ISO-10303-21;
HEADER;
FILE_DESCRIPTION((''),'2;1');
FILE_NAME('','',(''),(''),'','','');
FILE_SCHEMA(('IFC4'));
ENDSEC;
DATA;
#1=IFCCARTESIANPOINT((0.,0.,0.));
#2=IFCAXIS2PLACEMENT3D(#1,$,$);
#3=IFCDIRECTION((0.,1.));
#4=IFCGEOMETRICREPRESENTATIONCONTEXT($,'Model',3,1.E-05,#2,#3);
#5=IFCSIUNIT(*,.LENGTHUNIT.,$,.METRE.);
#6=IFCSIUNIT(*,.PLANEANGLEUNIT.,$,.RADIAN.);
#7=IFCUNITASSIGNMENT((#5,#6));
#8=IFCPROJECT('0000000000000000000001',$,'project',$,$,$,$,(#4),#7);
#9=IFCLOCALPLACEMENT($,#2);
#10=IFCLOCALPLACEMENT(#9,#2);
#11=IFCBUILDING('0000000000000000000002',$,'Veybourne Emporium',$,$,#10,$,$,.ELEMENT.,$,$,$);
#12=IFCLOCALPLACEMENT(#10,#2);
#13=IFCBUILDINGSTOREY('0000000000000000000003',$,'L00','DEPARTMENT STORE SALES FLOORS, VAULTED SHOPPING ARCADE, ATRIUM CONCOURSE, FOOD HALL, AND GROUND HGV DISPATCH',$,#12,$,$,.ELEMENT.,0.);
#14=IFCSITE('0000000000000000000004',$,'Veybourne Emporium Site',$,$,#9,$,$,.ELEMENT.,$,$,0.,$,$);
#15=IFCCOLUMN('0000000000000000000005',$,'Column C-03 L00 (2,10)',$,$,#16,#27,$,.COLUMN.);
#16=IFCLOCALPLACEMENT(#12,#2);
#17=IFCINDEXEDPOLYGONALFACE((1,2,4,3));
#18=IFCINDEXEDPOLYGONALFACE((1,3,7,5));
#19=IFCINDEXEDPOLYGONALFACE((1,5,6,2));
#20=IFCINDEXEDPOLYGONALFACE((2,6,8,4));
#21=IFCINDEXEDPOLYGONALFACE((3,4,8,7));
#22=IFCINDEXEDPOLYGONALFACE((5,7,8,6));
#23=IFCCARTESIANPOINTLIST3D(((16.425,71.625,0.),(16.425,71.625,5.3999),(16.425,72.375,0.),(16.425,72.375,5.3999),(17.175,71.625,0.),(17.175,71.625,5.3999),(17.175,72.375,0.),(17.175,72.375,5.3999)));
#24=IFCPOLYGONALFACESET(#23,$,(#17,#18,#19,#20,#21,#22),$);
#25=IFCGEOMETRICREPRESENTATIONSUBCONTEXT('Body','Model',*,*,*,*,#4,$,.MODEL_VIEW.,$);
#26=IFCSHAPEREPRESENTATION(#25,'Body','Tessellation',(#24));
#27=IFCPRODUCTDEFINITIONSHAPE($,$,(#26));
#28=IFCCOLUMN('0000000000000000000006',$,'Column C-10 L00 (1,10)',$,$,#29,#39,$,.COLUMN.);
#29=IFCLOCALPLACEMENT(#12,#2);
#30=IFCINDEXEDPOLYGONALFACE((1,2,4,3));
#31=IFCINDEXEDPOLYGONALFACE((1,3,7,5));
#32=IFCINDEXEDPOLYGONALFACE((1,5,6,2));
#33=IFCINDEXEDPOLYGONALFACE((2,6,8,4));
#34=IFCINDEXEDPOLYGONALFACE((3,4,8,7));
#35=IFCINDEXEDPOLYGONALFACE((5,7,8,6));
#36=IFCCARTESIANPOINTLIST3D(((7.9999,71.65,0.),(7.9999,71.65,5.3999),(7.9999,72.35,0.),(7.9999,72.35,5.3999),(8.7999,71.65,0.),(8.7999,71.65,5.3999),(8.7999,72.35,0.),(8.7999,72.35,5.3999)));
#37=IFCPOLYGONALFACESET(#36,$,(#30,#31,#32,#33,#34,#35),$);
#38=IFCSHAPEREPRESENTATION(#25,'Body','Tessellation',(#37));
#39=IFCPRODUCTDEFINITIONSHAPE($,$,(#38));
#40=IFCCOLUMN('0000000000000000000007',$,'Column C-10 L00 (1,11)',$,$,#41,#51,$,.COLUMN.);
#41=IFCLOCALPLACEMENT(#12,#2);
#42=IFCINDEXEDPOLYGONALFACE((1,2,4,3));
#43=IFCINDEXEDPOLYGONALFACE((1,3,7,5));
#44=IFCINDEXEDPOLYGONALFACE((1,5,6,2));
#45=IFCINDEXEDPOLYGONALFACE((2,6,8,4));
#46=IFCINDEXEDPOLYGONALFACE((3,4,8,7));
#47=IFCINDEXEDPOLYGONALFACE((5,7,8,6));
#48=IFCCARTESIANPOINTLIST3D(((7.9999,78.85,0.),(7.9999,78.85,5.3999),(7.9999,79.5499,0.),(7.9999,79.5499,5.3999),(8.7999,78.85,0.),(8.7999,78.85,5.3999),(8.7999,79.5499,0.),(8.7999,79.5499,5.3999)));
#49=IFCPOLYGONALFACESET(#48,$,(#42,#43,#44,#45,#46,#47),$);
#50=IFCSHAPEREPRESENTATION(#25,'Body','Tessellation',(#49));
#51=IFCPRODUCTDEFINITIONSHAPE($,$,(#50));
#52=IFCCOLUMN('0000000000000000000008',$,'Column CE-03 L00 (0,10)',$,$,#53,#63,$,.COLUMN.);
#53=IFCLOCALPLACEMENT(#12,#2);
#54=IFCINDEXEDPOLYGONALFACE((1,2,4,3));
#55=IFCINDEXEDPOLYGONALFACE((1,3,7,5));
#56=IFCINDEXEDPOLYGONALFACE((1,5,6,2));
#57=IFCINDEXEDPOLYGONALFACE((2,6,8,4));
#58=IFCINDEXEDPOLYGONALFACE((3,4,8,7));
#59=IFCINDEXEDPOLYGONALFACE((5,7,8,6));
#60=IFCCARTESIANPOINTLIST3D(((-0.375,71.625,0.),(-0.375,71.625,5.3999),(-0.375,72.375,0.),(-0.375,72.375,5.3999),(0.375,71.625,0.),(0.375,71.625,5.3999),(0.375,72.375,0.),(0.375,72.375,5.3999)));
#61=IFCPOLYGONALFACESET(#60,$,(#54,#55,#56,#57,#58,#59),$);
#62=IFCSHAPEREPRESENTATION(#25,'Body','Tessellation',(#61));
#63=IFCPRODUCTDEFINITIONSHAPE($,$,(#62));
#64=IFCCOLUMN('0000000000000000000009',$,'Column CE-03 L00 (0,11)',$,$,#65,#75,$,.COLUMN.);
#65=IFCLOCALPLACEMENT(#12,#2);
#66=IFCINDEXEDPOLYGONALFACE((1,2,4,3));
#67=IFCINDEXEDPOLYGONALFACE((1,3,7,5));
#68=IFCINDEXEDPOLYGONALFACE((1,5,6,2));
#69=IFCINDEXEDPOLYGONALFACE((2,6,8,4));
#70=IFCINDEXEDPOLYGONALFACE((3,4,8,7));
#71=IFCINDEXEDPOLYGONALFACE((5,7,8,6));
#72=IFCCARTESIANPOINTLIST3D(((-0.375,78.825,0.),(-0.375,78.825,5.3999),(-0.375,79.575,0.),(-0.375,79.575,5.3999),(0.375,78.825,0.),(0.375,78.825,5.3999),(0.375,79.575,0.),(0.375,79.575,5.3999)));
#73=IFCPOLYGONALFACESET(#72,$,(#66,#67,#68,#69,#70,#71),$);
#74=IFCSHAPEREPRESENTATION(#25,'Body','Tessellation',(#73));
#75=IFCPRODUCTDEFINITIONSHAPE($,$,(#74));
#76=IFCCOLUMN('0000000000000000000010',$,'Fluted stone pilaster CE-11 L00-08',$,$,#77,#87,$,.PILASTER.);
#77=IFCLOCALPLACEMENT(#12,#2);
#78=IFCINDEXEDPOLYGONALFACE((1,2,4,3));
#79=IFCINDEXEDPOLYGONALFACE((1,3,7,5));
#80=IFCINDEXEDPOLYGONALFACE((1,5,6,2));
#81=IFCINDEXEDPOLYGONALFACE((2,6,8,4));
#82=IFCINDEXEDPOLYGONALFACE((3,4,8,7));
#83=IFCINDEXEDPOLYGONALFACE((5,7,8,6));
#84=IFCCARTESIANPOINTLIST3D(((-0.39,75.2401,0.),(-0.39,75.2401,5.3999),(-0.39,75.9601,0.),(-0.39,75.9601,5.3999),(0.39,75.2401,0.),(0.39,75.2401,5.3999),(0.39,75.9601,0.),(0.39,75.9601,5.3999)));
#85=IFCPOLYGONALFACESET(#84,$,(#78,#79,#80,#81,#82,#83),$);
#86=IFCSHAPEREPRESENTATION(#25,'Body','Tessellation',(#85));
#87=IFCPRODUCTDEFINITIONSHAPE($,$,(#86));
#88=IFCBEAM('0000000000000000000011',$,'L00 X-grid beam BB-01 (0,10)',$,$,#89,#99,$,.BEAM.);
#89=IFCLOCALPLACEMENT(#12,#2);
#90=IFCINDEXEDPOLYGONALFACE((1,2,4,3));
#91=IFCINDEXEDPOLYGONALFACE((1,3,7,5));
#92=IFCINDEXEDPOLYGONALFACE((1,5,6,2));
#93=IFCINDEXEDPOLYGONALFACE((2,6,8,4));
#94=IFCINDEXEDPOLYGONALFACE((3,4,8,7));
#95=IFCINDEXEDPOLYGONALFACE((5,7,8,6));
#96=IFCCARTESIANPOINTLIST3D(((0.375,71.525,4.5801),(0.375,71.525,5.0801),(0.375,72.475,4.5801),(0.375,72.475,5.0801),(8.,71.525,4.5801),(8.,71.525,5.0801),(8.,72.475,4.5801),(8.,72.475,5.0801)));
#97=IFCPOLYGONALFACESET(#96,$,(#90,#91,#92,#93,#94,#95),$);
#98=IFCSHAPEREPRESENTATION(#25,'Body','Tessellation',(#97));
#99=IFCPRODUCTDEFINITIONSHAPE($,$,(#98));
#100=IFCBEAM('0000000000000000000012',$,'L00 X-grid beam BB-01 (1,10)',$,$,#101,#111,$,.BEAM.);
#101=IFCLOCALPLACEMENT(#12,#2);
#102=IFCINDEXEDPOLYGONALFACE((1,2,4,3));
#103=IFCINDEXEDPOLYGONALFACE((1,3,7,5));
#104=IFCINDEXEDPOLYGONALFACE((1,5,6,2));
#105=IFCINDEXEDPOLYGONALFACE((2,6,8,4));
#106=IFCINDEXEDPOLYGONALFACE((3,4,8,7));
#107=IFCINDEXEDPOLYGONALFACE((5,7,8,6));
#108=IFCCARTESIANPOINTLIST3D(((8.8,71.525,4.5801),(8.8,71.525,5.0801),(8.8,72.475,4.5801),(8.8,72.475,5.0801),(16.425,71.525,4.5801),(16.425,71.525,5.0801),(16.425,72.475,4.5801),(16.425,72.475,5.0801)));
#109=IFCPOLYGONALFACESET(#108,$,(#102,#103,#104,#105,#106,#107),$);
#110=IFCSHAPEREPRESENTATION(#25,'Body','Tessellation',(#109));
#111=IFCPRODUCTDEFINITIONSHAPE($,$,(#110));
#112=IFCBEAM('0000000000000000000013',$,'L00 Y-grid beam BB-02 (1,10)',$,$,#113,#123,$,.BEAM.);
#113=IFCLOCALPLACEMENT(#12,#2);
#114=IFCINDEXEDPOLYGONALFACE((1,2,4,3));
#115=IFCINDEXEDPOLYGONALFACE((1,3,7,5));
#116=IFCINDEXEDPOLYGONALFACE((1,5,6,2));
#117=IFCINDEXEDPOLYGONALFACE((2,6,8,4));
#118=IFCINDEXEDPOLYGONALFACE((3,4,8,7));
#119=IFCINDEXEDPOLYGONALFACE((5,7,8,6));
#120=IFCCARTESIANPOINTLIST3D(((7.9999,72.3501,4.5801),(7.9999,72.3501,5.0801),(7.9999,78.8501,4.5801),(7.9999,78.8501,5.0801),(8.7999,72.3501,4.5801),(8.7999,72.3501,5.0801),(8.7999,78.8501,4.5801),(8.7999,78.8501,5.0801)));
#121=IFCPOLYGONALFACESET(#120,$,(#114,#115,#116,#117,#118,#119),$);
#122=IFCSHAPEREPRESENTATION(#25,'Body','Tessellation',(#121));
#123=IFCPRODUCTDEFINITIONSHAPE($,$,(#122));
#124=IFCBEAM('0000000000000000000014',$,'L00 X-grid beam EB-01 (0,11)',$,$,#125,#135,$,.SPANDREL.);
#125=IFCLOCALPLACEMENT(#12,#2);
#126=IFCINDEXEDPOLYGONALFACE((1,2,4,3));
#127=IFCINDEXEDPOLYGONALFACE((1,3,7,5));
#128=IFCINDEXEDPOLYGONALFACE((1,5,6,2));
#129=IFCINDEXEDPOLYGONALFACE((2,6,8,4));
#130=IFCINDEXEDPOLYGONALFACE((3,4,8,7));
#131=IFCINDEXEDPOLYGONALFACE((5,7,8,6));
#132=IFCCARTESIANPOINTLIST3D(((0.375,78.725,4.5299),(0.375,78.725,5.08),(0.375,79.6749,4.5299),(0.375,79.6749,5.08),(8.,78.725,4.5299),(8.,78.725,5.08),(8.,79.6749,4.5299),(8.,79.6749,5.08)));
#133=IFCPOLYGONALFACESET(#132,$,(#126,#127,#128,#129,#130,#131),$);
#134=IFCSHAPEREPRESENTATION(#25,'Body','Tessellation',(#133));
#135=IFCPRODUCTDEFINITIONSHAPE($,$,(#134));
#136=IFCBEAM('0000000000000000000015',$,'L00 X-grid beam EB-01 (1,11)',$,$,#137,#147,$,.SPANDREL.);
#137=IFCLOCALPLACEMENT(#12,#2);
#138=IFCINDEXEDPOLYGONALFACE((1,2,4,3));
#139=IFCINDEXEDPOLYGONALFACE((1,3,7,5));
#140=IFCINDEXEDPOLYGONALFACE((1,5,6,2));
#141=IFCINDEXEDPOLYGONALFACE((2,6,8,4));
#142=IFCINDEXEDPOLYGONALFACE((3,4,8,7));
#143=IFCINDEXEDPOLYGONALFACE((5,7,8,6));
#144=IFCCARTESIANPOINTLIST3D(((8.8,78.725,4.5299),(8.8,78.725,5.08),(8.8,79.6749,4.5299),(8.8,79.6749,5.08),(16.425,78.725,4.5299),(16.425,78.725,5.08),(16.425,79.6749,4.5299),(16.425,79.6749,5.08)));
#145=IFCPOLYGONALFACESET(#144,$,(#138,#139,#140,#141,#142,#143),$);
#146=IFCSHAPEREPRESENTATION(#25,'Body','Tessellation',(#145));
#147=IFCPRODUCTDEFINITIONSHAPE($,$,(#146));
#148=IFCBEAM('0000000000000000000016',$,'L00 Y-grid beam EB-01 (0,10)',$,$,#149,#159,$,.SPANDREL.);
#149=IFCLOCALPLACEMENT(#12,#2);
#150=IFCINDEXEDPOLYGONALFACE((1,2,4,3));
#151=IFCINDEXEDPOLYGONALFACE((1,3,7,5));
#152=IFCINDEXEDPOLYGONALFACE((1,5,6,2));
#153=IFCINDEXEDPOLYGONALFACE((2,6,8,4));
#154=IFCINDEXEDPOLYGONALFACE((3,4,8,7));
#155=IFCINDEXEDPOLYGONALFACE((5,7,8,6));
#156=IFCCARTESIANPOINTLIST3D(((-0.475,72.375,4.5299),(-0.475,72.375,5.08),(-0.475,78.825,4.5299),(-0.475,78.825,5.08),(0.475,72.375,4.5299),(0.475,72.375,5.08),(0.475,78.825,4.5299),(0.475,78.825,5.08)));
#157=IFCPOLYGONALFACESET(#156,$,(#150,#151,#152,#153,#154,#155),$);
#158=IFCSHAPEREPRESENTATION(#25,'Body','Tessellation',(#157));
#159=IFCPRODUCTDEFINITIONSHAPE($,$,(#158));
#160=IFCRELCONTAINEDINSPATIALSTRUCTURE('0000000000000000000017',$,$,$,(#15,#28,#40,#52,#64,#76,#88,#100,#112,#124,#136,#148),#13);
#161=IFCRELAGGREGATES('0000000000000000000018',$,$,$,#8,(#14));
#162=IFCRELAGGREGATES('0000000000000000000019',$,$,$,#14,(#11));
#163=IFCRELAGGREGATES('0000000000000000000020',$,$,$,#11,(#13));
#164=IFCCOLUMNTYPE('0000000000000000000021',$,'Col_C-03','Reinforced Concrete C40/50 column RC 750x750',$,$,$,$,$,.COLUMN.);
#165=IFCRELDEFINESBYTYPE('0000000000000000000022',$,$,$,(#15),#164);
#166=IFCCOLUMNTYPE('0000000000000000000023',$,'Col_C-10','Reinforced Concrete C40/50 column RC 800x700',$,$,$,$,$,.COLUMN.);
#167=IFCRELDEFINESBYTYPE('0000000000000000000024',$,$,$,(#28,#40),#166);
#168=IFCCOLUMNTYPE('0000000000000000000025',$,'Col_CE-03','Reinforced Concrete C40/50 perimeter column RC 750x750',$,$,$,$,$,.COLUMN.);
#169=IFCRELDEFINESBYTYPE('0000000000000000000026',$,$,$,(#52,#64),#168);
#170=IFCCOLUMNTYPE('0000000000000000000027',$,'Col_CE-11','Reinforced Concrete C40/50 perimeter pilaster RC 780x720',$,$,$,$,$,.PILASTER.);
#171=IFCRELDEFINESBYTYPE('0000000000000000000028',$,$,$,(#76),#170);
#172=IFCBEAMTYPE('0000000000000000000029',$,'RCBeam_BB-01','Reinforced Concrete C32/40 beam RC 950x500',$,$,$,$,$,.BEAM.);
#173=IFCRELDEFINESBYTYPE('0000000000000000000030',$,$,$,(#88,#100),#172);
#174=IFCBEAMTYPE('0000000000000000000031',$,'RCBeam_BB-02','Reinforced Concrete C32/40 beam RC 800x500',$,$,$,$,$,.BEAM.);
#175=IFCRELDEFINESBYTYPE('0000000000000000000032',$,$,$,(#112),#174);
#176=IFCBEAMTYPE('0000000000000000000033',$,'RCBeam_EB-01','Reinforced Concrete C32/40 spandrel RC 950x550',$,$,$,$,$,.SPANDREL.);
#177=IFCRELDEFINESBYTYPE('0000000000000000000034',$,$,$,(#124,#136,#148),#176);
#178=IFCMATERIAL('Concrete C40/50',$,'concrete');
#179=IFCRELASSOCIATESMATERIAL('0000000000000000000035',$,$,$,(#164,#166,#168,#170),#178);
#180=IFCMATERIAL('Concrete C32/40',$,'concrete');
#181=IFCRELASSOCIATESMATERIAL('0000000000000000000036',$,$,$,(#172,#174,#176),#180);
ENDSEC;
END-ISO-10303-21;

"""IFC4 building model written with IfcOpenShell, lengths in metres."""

from ifc_helpers import new_model, si_unit, direction, frame, origin, origin_2d, place, context, subcontext, project, spatial, rectangle, extrude, material, material_profile, profile_set, type_object, element, save


model = new_model("IFC4")

# Units and contexts
model_context = context("Model", 3, precision=1e-05, world=origin(), true_north=direction((0.0, 1.0)))
body_context = subcontext(model_context, "Body", "Model", "MODEL_VIEW")
ifc_project = project(units=[si_unit("LENGTHUNIT", "METRE"), si_unit("PLANEANGLEUNIT", "RADIAN")], contexts=[model_context])

# Site, building, storey
site_placement = place(None, origin())
site = spatial("IfcSite", under=ifc_project, at=site_placement, Name="Veybourne Emporium Site", CompositionType="ELEMENT", RefElevation=0.0)
building_placement = place(site_placement, origin())
building = spatial("IfcBuilding", under=site, at=building_placement, Name="Veybourne Emporium", CompositionType="ELEMENT")
storey_placement = place(building_placement, origin())
storey = spatial("IfcBuildingStorey", under=building, at=storey_placement, Name="L00", Description="DEPARTMENT STORE SALES FLOORS, VAULTED SHOPPING ARCADE, ATRIUM CONCOURSE, FOOD HALL, AND GROUND HGV DISPATCH", CompositionType="ELEMENT", Elevation=0.0)

# Columns
ifc_material_1 = material(Name="Concrete C40/50", Category="concrete")
ifc_material_profile_1 = material_profile(ifc_material_1, rectangle(XDim=0.75, YDim=0.75, at=origin_2d()), Name="RC 750x750")
ifc_profile_set_1 = profile_set([ifc_material_profile_1], Name="Concrete C40/50")
column_type_1 = type_object("IfcColumnType", Name="Col_C-03", Description="Reinforced Concrete C40/50 column RC 750x750", PredefinedType="COLUMN", material=ifc_profile_set_1)
column_1_placement = place(storey_placement, frame((16.8, 72.0, 0.0), z_axis=(0.0, 0.0, 1.0), x_axis=(1.0, 0.0, 0.0)))
element("IfcColumn", 1, at=column_1_placement, inside=storey, type_object=column_type_1, Name="Column C-03 L00 (2,10)", PredefinedType="COLUMN", context=body_context, shape_type="SweptSolid", body=[
    extrude(rectangle(XDim=0.75, YDim=0.75, at=origin_2d()), origin(), (0.0, 0.0, 1.0), 5.3999),
])
ifc_material_profile_2 = material_profile(ifc_material_1, rectangle(XDim=0.8, YDim=0.7, at=origin_2d()), Name="RC 800x700")
ifc_profile_set_2 = profile_set([ifc_material_profile_2], Name="Concrete C40/50")
column_type_2 = type_object("IfcColumnType", Name="Col_C-10", Description="Reinforced Concrete C40/50 column RC 800x700", PredefinedType="COLUMN", material=ifc_profile_set_2)
for number, where, z_axis, x_axis, name in (
    (2, (8.3999, 72.0, 0.0), (0.0, 0.0, 1.0), (1.0, 0.0, 0.0), "Column C-10 L00 (1,10)"),
    (3, (8.3999, 79.2, 0.0), (0.0, 0.0, 1.0), (1.0, 0.0, 0.0), "Column C-10 L00 (1,11)"),
):
    element("IfcColumn", number, at=place(storey_placement, frame(where, z_axis=z_axis, x_axis=x_axis)), inside=storey, type_object=column_type_2, Name=name, PredefinedType="COLUMN", context=body_context, shape_type="SweptSolid", body=[
        extrude(rectangle(XDim=0.8, YDim=0.7, at=origin_2d()), origin(), (0.0, 0.0, 1.0), 5.3999),
    ])
ifc_material_profile_3 = material_profile(ifc_material_1, rectangle(XDim=0.75, YDim=0.75, at=origin_2d()), Name="RC 750x750")
ifc_profile_set_3 = profile_set([ifc_material_profile_3], Name="Concrete C40/50")
column_type_3 = type_object("IfcColumnType", Name="Col_CE-03", Description="Reinforced Concrete C40/50 perimeter column RC 750x750", PredefinedType="COLUMN", material=ifc_profile_set_3)
for number, where, z_axis, x_axis, name in (
    (4, (0.0, 72.0, 0.0), (0.0, 0.0, 1.0), (1.0, 0.0, 0.0), "Column CE-03 L00 (0,10)"),
    (5, (0.0, 79.2, 0.0), (0.0, 0.0, 1.0), (1.0, 0.0, 0.0), "Column CE-03 L00 (0,11)"),
):
    element("IfcColumn", number, at=place(storey_placement, frame(where, z_axis=z_axis, x_axis=x_axis)), inside=storey, type_object=column_type_3, Name=name, PredefinedType="COLUMN", context=body_context, shape_type="SweptSolid", body=[
        extrude(rectangle(XDim=0.75, YDim=0.75, at=origin_2d()), origin(), (0.0, 0.0, 1.0), 5.3999),
    ])
ifc_material_profile_4 = material_profile(ifc_material_1, rectangle(XDim=0.78, YDim=0.72, at=origin_2d()), Name="RC 780x720")
ifc_profile_set_4 = profile_set([ifc_material_profile_4], Name="Concrete C40/50")
column_type_4 = type_object("IfcColumnType", Name="Col_CE-11", Description="Reinforced Concrete C40/50 perimeter pilaster RC 780x720", PredefinedType="PILASTER", material=ifc_profile_set_4)
column_2_placement = place(storey_placement, frame((0.0, 75.6001, 0.0), z_axis=(0.0, 0.0, 1.0), x_axis=(1.0, 0.0, 0.0)))
element("IfcColumn", 6, at=column_2_placement, inside=storey, type_object=column_type_4, Name="Fluted stone pilaster CE-11 L00-08", PredefinedType="PILASTER", context=body_context, shape_type="SweptSolid", body=[
    extrude(rectangle(XDim=0.78, YDim=0.72, at=origin_2d()), origin(), (0.0, 0.0, 1.0), 5.3999),
])

# Beams
ifc_material_2 = material(Name="Concrete C32/40", Category="concrete")
ifc_material_profile_5 = material_profile(ifc_material_2, rectangle(XDim=0.95, YDim=0.5, at=origin_2d()), Name="RC 950x500")
ifc_profile_set_5 = profile_set([ifc_material_profile_5], Name="Concrete C32/40")
beam_type_1 = type_object("IfcBeamType", Name="RCBeam_BB-01", Description="Reinforced Concrete C32/40 beam RC 950x500", PredefinedType="BEAM", material=ifc_profile_set_5)
for number, where, z_axis, x_axis, name in (
    (7, (0.375, 72.0, 4.8301), (1.0, 0.0, 0.0), (0.0, 1.0, 0.0), "L00 X-grid beam BB-01 (0,10)"),
    (8, (8.8, 72.0, 4.8301), (1.0, 0.0, 0.0), (0.0, 1.0, 0.0), "L00 X-grid beam BB-01 (1,10)"),
):
    element("IfcBeam", number, at=place(storey_placement, frame(where, z_axis=z_axis, x_axis=x_axis)), inside=storey, type_object=beam_type_1, Name=name, PredefinedType="BEAM", context=body_context, shape_type="SweptSolid", body=[
        extrude(rectangle(XDim=0.95, YDim=0.5, at=origin_2d()), origin(), (0.0, 0.0, 1.0), 7.625),
    ])
ifc_material_profile_6 = material_profile(ifc_material_2, rectangle(XDim=0.8, YDim=0.5, at=origin_2d()), Name="RC 800x500")
ifc_profile_set_6 = profile_set([ifc_material_profile_6], Name="Concrete C32/40")
beam_type_2 = type_object("IfcBeamType", Name="RCBeam_BB-02", Description="Reinforced Concrete C32/40 beam RC 800x500", PredefinedType="BEAM", material=ifc_profile_set_6)
beam_1_placement = place(storey_placement, frame((8.3999, 72.3501, 4.8301), z_axis=(0.0, 1.0, 0.0), x_axis=(-1.0, 0.0, 0.0)))
element("IfcBeam", 9, at=beam_1_placement, inside=storey, type_object=beam_type_2, Name="L00 Y-grid beam BB-02 (1,10)", PredefinedType="BEAM", context=body_context, shape_type="SweptSolid", body=[
    extrude(rectangle(XDim=0.8, YDim=0.5, at=origin_2d()), origin(), (0.0, 0.0, 1.0), 6.5),
])
ifc_material_profile_7 = material_profile(ifc_material_2, rectangle(XDim=0.95, YDim=0.55, at=origin_2d()), Name="RC 950x550")
ifc_profile_set_7 = profile_set([ifc_material_profile_7], Name="Concrete C32/40")
beam_type_3 = type_object("IfcBeamType", Name="RCBeam_EB-01", Description="Reinforced Concrete C32/40 spandrel RC 950x550", PredefinedType="SPANDREL", material=ifc_profile_set_7)
for number, where, z_axis, x_axis, name in (
    (10, (0.375, 79.2, 4.8049), (1.0, 0.0, 0.0), (0.0, 1.0, 0.0), "L00 X-grid beam EB-01 (0,11)"),
    (11, (8.8, 79.2, 4.8049), (1.0, 0.0, 0.0), (0.0, 1.0, 0.0), "L00 X-grid beam EB-01 (1,11)"),
):
    element("IfcBeam", number, at=place(storey_placement, frame(where, z_axis=z_axis, x_axis=x_axis)), inside=storey, type_object=beam_type_3, Name=name, PredefinedType="SPANDREL", context=body_context, shape_type="SweptSolid", body=[
        extrude(rectangle(XDim=0.95, YDim=0.55, at=origin_2d()), origin(), (0.0, 0.0, 1.0), 7.625),
    ])
beam_2_placement = place(storey_placement, frame((0.0, 72.375, 4.8049), z_axis=(0.0, 1.0, 0.0), x_axis=(-1.0, 0.0, 0.0)))
element("IfcBeam", 12, at=beam_2_placement, inside=storey, type_object=beam_type_3, Name="L00 Y-grid beam EB-01 (0,10)", PredefinedType="SPANDREL", context=body_context, shape_type="SweptSolid", body=[
    extrude(rectangle(XDim=0.95, YDim=0.55, at=origin_2d()), origin(), (0.0, 0.0, 1.0), 6.45),
])

save(model, "model.ifc")
